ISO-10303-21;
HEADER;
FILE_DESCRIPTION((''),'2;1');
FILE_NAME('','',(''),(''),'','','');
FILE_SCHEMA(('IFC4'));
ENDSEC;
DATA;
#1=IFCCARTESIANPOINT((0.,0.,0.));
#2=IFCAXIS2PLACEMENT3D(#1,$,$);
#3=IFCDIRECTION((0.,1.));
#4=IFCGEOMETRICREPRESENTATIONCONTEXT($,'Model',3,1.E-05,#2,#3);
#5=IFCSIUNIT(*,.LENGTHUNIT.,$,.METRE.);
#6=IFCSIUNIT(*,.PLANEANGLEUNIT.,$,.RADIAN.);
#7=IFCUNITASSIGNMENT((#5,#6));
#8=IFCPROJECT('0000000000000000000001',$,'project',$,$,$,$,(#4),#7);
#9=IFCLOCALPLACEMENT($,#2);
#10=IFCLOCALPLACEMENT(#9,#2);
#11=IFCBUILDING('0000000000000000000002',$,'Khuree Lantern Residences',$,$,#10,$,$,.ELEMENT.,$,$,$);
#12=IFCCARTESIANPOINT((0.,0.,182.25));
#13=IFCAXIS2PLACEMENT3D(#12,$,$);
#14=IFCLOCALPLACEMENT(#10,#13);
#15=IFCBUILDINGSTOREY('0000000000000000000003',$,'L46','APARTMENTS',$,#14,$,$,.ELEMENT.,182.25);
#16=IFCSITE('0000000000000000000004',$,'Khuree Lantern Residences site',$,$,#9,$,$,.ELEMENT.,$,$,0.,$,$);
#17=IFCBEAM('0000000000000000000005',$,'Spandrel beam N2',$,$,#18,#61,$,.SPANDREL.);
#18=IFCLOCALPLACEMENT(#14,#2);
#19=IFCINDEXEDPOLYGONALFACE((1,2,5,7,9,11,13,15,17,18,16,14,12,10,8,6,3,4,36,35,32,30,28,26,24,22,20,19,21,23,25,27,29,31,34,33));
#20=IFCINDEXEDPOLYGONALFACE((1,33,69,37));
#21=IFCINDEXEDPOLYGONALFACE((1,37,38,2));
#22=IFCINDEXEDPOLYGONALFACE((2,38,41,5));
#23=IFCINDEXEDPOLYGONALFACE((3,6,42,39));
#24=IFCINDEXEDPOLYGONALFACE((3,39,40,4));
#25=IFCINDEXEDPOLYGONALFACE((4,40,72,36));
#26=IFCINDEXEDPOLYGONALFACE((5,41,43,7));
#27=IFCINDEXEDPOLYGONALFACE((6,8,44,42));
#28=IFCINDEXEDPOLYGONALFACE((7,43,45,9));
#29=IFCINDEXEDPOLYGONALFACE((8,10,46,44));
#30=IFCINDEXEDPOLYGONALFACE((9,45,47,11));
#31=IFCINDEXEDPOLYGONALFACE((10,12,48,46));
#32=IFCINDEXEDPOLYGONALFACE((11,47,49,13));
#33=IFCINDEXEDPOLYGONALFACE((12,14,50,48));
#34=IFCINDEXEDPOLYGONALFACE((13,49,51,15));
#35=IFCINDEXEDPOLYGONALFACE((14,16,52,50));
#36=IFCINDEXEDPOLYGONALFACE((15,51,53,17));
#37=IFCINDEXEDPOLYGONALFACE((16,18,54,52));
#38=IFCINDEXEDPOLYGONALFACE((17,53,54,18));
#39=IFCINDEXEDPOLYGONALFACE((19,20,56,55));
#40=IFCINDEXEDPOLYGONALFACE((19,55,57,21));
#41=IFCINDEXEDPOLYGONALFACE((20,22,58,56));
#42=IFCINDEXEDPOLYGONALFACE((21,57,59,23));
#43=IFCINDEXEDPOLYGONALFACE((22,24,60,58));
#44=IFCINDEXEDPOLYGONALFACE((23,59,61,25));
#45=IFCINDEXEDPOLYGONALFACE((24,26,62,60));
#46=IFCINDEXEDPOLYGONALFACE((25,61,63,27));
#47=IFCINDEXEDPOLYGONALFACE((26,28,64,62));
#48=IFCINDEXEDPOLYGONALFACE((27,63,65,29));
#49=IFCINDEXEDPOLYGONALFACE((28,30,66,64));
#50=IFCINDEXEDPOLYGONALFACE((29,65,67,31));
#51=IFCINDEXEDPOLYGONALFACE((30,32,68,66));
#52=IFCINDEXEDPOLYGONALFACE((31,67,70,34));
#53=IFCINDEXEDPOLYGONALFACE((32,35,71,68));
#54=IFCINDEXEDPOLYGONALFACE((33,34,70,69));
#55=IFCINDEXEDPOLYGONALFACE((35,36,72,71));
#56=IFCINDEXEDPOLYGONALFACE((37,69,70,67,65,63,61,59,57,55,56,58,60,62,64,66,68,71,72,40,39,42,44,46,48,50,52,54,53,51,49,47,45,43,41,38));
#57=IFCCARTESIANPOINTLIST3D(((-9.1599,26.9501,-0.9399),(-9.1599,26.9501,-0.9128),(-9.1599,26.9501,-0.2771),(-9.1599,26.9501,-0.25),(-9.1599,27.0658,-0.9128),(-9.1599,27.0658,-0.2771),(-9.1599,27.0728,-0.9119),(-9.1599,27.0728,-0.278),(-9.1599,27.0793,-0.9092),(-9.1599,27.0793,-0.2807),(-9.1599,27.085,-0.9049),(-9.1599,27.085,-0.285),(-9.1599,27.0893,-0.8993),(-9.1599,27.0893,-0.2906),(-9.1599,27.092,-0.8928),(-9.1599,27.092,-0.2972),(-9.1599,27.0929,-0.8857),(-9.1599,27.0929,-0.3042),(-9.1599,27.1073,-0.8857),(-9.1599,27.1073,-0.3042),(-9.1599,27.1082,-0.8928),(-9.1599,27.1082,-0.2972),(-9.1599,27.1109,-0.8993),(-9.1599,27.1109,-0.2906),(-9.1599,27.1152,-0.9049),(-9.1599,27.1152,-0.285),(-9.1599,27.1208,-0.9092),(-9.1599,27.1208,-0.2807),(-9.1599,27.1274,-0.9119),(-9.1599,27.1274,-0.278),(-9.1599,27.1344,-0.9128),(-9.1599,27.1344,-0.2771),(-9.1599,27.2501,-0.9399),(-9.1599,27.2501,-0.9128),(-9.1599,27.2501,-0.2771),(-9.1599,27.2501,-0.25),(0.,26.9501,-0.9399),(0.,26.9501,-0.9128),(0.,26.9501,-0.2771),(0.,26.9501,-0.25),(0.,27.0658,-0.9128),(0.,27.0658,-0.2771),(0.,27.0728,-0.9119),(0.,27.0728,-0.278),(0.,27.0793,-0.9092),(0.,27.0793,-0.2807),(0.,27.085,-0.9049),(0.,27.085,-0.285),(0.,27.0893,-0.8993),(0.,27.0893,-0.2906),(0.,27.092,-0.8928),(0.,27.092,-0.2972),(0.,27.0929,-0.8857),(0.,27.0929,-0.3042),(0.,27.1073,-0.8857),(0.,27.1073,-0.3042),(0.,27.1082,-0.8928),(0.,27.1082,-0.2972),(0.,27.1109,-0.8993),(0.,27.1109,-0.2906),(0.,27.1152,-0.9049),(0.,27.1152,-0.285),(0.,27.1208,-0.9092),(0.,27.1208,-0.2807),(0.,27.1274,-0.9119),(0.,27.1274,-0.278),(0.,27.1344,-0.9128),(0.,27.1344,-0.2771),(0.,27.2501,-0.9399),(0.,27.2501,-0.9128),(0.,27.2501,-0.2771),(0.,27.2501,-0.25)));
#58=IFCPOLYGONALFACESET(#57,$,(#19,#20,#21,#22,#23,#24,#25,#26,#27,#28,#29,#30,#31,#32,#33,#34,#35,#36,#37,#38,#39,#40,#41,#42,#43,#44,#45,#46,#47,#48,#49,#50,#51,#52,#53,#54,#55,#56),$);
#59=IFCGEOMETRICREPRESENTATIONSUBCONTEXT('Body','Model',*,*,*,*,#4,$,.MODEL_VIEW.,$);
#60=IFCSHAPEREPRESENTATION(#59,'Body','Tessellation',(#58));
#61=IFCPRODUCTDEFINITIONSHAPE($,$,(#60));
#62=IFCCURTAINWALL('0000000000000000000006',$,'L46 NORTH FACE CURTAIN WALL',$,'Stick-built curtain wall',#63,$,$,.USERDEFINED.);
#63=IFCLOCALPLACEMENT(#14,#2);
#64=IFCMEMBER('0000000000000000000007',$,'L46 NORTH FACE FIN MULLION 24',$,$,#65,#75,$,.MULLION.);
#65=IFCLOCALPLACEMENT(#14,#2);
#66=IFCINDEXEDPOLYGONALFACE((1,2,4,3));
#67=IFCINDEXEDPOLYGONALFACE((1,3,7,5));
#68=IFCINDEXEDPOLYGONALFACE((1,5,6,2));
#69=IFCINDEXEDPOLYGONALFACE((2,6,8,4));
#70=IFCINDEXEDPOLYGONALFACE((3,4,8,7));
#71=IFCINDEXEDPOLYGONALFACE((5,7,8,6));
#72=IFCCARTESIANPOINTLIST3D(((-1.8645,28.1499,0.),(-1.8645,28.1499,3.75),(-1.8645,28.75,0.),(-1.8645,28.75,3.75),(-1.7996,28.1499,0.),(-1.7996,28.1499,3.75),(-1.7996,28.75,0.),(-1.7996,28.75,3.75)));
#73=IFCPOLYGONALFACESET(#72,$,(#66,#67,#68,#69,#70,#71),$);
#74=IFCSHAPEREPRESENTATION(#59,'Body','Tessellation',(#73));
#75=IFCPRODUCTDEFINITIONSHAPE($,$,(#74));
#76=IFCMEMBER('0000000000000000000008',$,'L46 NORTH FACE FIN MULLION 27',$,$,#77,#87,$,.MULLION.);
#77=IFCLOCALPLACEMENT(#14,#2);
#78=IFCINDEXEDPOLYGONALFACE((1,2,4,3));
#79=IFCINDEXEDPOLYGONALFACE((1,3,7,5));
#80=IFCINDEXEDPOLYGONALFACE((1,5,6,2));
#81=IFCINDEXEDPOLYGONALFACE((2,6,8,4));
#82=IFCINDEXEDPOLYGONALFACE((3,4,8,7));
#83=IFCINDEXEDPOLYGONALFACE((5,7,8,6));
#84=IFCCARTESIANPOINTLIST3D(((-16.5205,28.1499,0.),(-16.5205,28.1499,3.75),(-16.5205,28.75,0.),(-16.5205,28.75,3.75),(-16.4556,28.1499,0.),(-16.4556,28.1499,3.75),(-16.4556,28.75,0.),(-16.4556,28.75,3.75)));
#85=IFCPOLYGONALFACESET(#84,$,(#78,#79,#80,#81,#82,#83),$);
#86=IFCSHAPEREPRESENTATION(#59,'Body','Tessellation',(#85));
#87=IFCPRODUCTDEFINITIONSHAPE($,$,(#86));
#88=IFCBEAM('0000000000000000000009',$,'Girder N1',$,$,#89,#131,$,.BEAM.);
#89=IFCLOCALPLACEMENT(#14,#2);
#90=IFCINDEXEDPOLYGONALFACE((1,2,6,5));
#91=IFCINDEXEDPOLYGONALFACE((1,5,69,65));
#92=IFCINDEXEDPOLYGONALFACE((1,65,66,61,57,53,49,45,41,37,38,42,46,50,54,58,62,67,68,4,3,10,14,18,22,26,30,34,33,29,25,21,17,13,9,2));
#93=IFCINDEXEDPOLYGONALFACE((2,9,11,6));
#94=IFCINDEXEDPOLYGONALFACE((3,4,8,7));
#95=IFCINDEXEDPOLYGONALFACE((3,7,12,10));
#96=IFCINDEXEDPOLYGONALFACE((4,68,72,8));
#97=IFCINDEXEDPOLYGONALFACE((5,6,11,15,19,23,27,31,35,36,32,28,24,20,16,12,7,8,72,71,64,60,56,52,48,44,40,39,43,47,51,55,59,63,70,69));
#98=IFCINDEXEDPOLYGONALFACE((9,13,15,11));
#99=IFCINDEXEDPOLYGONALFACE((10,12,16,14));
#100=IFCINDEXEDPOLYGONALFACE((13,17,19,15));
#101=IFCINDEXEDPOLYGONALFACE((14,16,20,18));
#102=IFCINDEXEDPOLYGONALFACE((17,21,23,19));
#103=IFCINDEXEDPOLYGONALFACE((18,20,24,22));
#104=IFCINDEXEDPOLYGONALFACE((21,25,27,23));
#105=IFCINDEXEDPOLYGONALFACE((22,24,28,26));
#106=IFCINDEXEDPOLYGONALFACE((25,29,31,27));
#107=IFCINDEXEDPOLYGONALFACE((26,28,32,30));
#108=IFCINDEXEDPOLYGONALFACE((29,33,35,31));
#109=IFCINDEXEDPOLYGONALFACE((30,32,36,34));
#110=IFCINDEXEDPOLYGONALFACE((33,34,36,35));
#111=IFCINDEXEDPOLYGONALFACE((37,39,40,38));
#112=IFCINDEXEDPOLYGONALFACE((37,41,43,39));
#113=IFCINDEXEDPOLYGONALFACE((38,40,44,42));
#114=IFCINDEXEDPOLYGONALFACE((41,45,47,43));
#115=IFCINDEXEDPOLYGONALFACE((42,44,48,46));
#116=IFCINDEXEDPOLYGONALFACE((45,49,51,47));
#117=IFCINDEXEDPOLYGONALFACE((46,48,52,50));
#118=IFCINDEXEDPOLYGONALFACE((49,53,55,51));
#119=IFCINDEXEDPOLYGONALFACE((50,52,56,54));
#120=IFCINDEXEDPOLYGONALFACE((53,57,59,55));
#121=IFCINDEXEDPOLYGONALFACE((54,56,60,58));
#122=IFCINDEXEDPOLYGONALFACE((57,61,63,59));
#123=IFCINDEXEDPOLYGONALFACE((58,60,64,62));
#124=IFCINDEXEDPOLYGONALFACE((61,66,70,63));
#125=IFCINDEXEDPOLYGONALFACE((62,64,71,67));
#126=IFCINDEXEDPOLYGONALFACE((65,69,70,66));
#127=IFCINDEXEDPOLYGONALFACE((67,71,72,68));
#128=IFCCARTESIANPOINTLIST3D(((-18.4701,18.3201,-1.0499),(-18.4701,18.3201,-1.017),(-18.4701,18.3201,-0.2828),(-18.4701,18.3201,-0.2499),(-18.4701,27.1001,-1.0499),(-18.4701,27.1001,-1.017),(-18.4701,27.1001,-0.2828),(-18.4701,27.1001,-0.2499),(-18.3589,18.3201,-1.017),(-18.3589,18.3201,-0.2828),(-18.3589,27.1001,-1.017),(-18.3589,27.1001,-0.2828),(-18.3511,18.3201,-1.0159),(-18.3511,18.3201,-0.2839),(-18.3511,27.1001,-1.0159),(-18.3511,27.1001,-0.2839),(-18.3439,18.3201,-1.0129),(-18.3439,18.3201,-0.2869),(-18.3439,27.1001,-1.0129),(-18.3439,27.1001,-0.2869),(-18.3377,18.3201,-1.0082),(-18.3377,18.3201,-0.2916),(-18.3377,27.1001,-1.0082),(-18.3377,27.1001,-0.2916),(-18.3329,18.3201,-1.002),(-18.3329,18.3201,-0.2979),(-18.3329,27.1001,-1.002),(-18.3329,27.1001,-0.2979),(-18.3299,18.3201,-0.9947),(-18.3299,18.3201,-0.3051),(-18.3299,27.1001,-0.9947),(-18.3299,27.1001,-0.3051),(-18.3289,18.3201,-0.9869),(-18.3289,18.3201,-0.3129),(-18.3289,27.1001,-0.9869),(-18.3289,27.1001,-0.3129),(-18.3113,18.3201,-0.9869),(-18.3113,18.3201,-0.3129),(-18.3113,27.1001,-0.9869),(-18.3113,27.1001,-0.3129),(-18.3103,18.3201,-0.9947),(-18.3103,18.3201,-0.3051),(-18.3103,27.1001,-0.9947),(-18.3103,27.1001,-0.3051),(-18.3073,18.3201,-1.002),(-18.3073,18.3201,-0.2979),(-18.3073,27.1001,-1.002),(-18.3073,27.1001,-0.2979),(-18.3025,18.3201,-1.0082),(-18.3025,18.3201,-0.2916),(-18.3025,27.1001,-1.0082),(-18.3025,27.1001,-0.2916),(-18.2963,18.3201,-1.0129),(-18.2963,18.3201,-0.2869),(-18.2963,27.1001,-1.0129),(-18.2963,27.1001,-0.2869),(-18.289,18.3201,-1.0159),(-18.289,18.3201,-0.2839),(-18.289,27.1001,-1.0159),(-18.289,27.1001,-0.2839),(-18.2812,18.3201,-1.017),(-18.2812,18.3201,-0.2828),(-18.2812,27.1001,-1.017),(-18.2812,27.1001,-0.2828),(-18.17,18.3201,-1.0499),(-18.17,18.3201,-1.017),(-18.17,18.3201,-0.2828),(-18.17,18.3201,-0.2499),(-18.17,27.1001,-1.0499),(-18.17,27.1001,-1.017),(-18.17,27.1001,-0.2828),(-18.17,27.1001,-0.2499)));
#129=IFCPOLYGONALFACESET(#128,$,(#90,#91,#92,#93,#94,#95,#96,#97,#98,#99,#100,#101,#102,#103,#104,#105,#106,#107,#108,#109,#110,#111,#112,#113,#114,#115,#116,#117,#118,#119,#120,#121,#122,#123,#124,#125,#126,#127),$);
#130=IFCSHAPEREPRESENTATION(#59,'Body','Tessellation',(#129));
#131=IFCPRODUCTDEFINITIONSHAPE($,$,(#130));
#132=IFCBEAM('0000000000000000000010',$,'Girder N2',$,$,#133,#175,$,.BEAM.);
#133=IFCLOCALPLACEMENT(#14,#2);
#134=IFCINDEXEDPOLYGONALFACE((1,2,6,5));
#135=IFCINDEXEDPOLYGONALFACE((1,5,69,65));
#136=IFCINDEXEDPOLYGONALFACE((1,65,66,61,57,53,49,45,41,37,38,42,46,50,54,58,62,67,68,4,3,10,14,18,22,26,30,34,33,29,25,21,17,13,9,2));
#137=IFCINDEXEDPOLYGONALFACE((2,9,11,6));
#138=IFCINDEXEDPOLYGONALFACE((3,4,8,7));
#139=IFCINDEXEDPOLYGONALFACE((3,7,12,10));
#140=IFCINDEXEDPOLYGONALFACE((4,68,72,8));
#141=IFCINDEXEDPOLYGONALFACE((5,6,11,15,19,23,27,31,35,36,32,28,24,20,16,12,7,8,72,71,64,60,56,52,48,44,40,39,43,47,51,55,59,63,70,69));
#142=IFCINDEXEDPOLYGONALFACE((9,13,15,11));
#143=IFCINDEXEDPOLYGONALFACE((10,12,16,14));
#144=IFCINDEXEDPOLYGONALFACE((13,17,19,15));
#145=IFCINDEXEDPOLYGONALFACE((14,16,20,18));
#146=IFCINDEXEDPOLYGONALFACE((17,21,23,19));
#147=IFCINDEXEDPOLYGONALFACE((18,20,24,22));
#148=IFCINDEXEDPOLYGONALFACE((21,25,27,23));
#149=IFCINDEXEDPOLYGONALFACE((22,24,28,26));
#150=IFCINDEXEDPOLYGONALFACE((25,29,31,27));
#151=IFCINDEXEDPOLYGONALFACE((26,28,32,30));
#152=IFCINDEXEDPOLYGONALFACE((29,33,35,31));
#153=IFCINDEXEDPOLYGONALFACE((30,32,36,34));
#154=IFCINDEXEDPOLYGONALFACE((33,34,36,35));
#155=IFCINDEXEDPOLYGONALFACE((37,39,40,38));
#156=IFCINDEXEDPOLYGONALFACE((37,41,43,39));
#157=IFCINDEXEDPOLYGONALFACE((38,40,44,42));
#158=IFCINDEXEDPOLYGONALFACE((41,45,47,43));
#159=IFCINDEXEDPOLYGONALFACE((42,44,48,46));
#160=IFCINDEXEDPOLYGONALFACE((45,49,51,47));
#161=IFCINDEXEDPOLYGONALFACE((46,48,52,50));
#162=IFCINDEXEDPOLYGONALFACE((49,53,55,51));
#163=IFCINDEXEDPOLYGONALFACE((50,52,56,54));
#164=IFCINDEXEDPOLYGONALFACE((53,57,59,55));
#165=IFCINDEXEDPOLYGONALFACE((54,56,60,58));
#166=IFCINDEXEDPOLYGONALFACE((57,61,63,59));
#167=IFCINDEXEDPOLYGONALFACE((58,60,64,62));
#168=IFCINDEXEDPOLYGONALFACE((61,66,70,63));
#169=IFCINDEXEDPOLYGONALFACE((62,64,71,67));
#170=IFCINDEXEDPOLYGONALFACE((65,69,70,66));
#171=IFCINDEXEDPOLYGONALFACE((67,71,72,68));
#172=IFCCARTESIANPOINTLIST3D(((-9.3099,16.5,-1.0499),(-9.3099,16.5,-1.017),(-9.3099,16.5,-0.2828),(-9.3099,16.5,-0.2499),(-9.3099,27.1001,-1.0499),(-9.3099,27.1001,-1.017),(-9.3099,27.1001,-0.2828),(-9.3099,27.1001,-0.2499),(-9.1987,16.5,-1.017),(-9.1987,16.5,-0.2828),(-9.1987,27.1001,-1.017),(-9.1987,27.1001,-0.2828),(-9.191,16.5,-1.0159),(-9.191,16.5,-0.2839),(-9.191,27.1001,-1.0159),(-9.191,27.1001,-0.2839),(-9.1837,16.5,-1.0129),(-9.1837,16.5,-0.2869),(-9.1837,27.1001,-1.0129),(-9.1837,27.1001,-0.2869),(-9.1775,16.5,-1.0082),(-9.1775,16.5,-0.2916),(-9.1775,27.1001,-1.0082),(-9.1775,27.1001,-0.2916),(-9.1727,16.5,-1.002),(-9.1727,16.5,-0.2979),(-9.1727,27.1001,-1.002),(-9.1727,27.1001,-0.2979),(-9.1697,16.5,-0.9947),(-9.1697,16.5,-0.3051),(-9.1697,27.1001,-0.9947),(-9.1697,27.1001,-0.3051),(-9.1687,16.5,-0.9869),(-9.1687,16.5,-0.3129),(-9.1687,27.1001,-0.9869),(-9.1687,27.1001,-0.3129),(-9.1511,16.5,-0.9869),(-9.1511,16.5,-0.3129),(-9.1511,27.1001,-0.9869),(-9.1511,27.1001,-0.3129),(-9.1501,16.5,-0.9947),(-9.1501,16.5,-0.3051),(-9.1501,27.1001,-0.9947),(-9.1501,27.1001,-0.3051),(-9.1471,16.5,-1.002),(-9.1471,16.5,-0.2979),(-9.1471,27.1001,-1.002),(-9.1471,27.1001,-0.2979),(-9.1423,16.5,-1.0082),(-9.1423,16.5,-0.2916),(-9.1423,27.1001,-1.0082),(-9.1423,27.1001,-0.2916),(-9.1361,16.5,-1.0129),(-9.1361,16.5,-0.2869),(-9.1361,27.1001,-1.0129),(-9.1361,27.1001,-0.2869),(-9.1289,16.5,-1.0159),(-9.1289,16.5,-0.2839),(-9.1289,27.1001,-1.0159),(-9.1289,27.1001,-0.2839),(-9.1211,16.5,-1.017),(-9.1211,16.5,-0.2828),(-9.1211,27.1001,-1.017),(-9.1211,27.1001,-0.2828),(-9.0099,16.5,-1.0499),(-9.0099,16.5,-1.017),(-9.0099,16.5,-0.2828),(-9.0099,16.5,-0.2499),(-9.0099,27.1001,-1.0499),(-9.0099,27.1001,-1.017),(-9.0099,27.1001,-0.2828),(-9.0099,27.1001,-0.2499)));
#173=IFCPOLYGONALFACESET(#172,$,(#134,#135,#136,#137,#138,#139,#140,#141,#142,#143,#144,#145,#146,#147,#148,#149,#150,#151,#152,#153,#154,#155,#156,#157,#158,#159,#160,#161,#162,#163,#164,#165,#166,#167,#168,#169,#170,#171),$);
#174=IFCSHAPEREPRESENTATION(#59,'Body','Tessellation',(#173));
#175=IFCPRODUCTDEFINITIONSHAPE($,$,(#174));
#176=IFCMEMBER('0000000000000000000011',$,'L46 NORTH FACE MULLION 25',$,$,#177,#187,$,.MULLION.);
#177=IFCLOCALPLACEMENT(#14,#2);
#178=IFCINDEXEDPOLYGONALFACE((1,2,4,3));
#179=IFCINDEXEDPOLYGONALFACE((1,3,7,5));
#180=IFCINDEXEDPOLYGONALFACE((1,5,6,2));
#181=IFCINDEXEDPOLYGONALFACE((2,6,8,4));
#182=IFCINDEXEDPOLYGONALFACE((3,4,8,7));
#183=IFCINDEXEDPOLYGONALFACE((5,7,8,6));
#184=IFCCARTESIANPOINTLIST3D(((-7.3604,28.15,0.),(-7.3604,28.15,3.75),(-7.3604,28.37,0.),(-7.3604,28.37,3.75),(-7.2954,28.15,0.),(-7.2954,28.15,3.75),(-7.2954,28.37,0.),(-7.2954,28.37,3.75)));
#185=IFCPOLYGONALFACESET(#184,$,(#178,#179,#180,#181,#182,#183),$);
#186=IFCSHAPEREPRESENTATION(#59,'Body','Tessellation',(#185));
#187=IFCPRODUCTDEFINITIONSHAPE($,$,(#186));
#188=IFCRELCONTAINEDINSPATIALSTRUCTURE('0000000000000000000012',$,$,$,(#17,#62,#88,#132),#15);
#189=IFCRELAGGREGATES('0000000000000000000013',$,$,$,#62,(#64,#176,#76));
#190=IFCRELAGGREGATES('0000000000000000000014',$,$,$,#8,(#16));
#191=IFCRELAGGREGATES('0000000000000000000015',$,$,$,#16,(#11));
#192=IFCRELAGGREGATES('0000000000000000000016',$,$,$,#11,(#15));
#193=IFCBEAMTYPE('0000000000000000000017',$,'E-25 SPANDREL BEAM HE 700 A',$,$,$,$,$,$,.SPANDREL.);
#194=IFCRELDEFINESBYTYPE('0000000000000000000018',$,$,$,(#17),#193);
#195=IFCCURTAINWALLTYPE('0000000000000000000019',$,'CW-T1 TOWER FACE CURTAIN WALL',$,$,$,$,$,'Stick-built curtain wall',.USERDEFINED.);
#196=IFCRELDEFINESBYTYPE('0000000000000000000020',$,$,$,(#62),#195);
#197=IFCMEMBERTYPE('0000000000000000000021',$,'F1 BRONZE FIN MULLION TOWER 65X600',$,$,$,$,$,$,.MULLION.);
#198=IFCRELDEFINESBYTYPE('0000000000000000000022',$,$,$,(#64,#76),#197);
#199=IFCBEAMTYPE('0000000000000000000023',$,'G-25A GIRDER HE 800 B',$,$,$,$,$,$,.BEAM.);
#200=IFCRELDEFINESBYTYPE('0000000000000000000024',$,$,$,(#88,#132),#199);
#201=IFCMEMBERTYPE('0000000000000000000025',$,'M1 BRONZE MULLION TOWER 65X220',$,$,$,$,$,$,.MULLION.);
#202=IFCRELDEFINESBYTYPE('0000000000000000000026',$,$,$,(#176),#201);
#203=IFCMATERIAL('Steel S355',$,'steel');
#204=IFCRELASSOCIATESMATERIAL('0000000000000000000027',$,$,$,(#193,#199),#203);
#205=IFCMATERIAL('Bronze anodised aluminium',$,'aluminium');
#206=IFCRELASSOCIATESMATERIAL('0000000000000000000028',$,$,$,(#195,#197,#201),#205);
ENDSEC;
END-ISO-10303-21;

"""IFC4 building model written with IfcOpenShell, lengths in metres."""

from ifc_helpers import new_model, si_unit, direction, frame, origin, origin_2d, place, context, subcontext, project, spatial, rectangle, i_section, extrude, material, material_profile, profile_set, type_object, element, aggregate, save


model = new_model("IFC4")

# Units and contexts
model_context = context("Model", 3, precision=1e-05, world=origin(), true_north=direction((0.0, 1.0)))
body_context = subcontext(model_context, "Body", "Model", "MODEL_VIEW")
ifc_project = project(units=[si_unit("LENGTHUNIT", "METRE"), si_unit("PLANEANGLEUNIT", "RADIAN")], contexts=[model_context])

# Site, building, storey
site_placement = place(None, origin())
site = spatial("IfcSite", under=ifc_project, at=site_placement, Name="Khuree Lantern Residences site", CompositionType="ELEMENT", RefElevation=0.0)
building_placement = place(site_placement, origin())
building = spatial("IfcBuilding", under=site, at=building_placement, Name="Khuree Lantern Residences", CompositionType="ELEMENT")
storey_placement = place(building_placement, frame((0.0, 0.0, 182.25)))
storey = spatial("IfcBuildingStorey", under=building, at=storey_placement, Name="L46", Description="APARTMENTS", CompositionType="ELEMENT", Elevation=182.25)

# Beam
ifc_material_1 = material(Name="Steel S355", Category="steel")
ifc_material_profile_1 = material_profile(ifc_material_1, i_section(OverallWidth=0.3, OverallDepth=0.6899, WebThickness=0.0144, FlangeThickness=0.0271, FilletRadius=0.0271, at=origin_2d()), Name="HE 700 A")
ifc_profile_set_1 = profile_set([ifc_material_profile_1], Name="Steel S355")
beam_type_1 = type_object("IfcBeamType", Name="E-25 SPANDREL BEAM HE 700 A", PredefinedType="SPANDREL", material=ifc_profile_set_1)
beam_1_placement = place(storey_placement, frame((-9.1599, 27.1001, -0.595), z_axis=(1.0, 0.0, 0.0), x_axis=(0.0, 1.0, 0.0)))
element("IfcBeam", 1, at=beam_1_placement, inside=storey, type_object=beam_type_1, Name="Spandrel beam N2", PredefinedType="SPANDREL", context=body_context, shape_type="SweptSolid", body=[
    extrude(i_section(OverallWidth=0.3, OverallDepth=0.6899, WebThickness=0.0144, FlangeThickness=0.0271, FilletRadius=0.0271, at=origin_2d()), origin(), (0.0, 0.0, 1.0), 9.1599),
])

# Curtain wall, members
ifc_material_2 = material(Name="Bronze anodised aluminium", Category="aluminium")
curtain_wall_type = type_object("IfcCurtainWallType", Name="CW-T1 TOWER FACE CURTAIN WALL", ElementType="Stick-built curtain wall", PredefinedType="USERDEFINED", material=ifc_material_2)
curtain_wall_placement = place(storey_placement, origin())
curtain_wall = element("IfcCurtainWall", 2, at=curtain_wall_placement, inside=storey, type_object=curtain_wall_type, Name="L46 NORTH FACE CURTAIN WALL", ObjectType="Stick-built curtain wall", PredefinedType="USERDEFINED")
ifc_material_profile_2 = material_profile(ifc_material_2, rectangle(XDim=0.0649, YDim=0.6001, at=origin_2d()), Name="F1 65X600")
ifc_profile_set_2 = profile_set([ifc_material_profile_2], Name="Bronze anodised aluminium")
member_type_1 = type_object("IfcMemberType", Name="F1 BRONZE FIN MULLION TOWER 65X600", PredefinedType="MULLION", material=ifc_profile_set_2)
member_1_placement = place(storey_placement, frame((-1.832, 28.45, 0.0), z_axis=(0.0, 0.0, 1.0), x_axis=(-1.0, 0.0, 0.0)))
member_1 = element("IfcMember", 3, at=member_1_placement, type_object=member_type_1, Name="L46 NORTH FACE FIN MULLION 24", PredefinedType="MULLION", context=body_context, shape_type="SweptSolid", body=[
    extrude(rectangle(XDim=0.0649, YDim=0.6001, at=origin_2d()), origin(), (0.0, 0.0, 1.0), 3.75),
])
member_2_placement = place(storey_placement, frame((-16.488, 28.45, 0.0), z_axis=(0.0, 0.0, 1.0), x_axis=(-1.0, 0.0, 0.0)))
member_2 = element("IfcMember", 4, at=member_2_placement, type_object=member_type_1, Name="L46 NORTH FACE FIN MULLION 27", PredefinedType="MULLION", context=body_context, shape_type="SweptSolid", body=[
    extrude(rectangle(XDim=0.0649, YDim=0.6001, at=origin_2d()), origin(), (0.0, 0.0, 1.0), 3.75),
])

# Beams
ifc_material_profile_3 = material_profile(ifc_material_1, i_section(OverallWidth=0.3, OverallDepth=0.8, WebThickness=0.0176, FlangeThickness=0.033, FilletRadius=0.03, at=origin_2d()), Name="HE 800 B")
ifc_profile_set_3 = profile_set([ifc_material_profile_3], Name="Steel S355")
beam_type_2 = type_object("IfcBeamType", Name="G-25A GIRDER HE 800 B", PredefinedType="BEAM", material=ifc_profile_set_3)
beam_2_placement = place(storey_placement, frame((-18.3201, 27.1001, -0.6499), z_axis=(0.0, -1.0, 0.0), x_axis=(1.0, 0.0, 0.0)))
element("IfcBeam", 5, at=beam_2_placement, inside=storey, type_object=beam_type_2, Name="Girder N1", PredefinedType="BEAM", context=body_context, shape_type="SweptSolid", body=[
    extrude(i_section(OverallWidth=0.3, OverallDepth=0.8, WebThickness=0.0176, FlangeThickness=0.033, FilletRadius=0.03, at=origin_2d()), origin(), (0.0, 0.0, 1.0), 8.78),
])
beam_3_placement = place(storey_placement, frame((-9.1599, 27.1001, -0.6499), z_axis=(0.0, -1.0, 0.0), x_axis=(1.0, 0.0, 0.0)))
element("IfcBeam", 6, at=beam_3_placement, inside=storey, type_object=beam_type_2, Name="Girder N2", PredefinedType="BEAM", context=body_context, shape_type="SweptSolid", body=[
    extrude(i_section(OverallWidth=0.3, OverallDepth=0.8, WebThickness=0.0176, FlangeThickness=0.033, FilletRadius=0.03, at=origin_2d()), origin(), (0.0, 0.0, 1.0), 10.6001),
])

# Member
ifc_material_profile_4 = material_profile(ifc_material_2, rectangle(XDim=0.0649, YDim=0.22, at=origin_2d()), Name="M1 65X220")
ifc_profile_set_4 = profile_set([ifc_material_profile_4], Name="Bronze anodised aluminium")
member_type_2 = type_object("IfcMemberType", Name="M1 BRONZE MULLION TOWER 65X220", PredefinedType="MULLION", material=ifc_profile_set_4)
member_3_placement = place(storey_placement, frame((-7.3279, 28.26, 0.0), z_axis=(0.0, 0.0, 1.0), x_axis=(-1.0, 0.0, 0.0)))
member_3 = element("IfcMember", 7, at=member_3_placement, type_object=member_type_2, Name="L46 NORTH FACE MULLION 25", PredefinedType="MULLION", context=body_context, shape_type="SweptSolid", body=[
    extrude(rectangle(XDim=0.0649, YDim=0.22, at=origin_2d()), origin(), (0.0, 0.0, 1.0), 3.75),
])

aggregate(curtain_wall, [member_1, member_3, member_2])

save(model, "model.ifc")
